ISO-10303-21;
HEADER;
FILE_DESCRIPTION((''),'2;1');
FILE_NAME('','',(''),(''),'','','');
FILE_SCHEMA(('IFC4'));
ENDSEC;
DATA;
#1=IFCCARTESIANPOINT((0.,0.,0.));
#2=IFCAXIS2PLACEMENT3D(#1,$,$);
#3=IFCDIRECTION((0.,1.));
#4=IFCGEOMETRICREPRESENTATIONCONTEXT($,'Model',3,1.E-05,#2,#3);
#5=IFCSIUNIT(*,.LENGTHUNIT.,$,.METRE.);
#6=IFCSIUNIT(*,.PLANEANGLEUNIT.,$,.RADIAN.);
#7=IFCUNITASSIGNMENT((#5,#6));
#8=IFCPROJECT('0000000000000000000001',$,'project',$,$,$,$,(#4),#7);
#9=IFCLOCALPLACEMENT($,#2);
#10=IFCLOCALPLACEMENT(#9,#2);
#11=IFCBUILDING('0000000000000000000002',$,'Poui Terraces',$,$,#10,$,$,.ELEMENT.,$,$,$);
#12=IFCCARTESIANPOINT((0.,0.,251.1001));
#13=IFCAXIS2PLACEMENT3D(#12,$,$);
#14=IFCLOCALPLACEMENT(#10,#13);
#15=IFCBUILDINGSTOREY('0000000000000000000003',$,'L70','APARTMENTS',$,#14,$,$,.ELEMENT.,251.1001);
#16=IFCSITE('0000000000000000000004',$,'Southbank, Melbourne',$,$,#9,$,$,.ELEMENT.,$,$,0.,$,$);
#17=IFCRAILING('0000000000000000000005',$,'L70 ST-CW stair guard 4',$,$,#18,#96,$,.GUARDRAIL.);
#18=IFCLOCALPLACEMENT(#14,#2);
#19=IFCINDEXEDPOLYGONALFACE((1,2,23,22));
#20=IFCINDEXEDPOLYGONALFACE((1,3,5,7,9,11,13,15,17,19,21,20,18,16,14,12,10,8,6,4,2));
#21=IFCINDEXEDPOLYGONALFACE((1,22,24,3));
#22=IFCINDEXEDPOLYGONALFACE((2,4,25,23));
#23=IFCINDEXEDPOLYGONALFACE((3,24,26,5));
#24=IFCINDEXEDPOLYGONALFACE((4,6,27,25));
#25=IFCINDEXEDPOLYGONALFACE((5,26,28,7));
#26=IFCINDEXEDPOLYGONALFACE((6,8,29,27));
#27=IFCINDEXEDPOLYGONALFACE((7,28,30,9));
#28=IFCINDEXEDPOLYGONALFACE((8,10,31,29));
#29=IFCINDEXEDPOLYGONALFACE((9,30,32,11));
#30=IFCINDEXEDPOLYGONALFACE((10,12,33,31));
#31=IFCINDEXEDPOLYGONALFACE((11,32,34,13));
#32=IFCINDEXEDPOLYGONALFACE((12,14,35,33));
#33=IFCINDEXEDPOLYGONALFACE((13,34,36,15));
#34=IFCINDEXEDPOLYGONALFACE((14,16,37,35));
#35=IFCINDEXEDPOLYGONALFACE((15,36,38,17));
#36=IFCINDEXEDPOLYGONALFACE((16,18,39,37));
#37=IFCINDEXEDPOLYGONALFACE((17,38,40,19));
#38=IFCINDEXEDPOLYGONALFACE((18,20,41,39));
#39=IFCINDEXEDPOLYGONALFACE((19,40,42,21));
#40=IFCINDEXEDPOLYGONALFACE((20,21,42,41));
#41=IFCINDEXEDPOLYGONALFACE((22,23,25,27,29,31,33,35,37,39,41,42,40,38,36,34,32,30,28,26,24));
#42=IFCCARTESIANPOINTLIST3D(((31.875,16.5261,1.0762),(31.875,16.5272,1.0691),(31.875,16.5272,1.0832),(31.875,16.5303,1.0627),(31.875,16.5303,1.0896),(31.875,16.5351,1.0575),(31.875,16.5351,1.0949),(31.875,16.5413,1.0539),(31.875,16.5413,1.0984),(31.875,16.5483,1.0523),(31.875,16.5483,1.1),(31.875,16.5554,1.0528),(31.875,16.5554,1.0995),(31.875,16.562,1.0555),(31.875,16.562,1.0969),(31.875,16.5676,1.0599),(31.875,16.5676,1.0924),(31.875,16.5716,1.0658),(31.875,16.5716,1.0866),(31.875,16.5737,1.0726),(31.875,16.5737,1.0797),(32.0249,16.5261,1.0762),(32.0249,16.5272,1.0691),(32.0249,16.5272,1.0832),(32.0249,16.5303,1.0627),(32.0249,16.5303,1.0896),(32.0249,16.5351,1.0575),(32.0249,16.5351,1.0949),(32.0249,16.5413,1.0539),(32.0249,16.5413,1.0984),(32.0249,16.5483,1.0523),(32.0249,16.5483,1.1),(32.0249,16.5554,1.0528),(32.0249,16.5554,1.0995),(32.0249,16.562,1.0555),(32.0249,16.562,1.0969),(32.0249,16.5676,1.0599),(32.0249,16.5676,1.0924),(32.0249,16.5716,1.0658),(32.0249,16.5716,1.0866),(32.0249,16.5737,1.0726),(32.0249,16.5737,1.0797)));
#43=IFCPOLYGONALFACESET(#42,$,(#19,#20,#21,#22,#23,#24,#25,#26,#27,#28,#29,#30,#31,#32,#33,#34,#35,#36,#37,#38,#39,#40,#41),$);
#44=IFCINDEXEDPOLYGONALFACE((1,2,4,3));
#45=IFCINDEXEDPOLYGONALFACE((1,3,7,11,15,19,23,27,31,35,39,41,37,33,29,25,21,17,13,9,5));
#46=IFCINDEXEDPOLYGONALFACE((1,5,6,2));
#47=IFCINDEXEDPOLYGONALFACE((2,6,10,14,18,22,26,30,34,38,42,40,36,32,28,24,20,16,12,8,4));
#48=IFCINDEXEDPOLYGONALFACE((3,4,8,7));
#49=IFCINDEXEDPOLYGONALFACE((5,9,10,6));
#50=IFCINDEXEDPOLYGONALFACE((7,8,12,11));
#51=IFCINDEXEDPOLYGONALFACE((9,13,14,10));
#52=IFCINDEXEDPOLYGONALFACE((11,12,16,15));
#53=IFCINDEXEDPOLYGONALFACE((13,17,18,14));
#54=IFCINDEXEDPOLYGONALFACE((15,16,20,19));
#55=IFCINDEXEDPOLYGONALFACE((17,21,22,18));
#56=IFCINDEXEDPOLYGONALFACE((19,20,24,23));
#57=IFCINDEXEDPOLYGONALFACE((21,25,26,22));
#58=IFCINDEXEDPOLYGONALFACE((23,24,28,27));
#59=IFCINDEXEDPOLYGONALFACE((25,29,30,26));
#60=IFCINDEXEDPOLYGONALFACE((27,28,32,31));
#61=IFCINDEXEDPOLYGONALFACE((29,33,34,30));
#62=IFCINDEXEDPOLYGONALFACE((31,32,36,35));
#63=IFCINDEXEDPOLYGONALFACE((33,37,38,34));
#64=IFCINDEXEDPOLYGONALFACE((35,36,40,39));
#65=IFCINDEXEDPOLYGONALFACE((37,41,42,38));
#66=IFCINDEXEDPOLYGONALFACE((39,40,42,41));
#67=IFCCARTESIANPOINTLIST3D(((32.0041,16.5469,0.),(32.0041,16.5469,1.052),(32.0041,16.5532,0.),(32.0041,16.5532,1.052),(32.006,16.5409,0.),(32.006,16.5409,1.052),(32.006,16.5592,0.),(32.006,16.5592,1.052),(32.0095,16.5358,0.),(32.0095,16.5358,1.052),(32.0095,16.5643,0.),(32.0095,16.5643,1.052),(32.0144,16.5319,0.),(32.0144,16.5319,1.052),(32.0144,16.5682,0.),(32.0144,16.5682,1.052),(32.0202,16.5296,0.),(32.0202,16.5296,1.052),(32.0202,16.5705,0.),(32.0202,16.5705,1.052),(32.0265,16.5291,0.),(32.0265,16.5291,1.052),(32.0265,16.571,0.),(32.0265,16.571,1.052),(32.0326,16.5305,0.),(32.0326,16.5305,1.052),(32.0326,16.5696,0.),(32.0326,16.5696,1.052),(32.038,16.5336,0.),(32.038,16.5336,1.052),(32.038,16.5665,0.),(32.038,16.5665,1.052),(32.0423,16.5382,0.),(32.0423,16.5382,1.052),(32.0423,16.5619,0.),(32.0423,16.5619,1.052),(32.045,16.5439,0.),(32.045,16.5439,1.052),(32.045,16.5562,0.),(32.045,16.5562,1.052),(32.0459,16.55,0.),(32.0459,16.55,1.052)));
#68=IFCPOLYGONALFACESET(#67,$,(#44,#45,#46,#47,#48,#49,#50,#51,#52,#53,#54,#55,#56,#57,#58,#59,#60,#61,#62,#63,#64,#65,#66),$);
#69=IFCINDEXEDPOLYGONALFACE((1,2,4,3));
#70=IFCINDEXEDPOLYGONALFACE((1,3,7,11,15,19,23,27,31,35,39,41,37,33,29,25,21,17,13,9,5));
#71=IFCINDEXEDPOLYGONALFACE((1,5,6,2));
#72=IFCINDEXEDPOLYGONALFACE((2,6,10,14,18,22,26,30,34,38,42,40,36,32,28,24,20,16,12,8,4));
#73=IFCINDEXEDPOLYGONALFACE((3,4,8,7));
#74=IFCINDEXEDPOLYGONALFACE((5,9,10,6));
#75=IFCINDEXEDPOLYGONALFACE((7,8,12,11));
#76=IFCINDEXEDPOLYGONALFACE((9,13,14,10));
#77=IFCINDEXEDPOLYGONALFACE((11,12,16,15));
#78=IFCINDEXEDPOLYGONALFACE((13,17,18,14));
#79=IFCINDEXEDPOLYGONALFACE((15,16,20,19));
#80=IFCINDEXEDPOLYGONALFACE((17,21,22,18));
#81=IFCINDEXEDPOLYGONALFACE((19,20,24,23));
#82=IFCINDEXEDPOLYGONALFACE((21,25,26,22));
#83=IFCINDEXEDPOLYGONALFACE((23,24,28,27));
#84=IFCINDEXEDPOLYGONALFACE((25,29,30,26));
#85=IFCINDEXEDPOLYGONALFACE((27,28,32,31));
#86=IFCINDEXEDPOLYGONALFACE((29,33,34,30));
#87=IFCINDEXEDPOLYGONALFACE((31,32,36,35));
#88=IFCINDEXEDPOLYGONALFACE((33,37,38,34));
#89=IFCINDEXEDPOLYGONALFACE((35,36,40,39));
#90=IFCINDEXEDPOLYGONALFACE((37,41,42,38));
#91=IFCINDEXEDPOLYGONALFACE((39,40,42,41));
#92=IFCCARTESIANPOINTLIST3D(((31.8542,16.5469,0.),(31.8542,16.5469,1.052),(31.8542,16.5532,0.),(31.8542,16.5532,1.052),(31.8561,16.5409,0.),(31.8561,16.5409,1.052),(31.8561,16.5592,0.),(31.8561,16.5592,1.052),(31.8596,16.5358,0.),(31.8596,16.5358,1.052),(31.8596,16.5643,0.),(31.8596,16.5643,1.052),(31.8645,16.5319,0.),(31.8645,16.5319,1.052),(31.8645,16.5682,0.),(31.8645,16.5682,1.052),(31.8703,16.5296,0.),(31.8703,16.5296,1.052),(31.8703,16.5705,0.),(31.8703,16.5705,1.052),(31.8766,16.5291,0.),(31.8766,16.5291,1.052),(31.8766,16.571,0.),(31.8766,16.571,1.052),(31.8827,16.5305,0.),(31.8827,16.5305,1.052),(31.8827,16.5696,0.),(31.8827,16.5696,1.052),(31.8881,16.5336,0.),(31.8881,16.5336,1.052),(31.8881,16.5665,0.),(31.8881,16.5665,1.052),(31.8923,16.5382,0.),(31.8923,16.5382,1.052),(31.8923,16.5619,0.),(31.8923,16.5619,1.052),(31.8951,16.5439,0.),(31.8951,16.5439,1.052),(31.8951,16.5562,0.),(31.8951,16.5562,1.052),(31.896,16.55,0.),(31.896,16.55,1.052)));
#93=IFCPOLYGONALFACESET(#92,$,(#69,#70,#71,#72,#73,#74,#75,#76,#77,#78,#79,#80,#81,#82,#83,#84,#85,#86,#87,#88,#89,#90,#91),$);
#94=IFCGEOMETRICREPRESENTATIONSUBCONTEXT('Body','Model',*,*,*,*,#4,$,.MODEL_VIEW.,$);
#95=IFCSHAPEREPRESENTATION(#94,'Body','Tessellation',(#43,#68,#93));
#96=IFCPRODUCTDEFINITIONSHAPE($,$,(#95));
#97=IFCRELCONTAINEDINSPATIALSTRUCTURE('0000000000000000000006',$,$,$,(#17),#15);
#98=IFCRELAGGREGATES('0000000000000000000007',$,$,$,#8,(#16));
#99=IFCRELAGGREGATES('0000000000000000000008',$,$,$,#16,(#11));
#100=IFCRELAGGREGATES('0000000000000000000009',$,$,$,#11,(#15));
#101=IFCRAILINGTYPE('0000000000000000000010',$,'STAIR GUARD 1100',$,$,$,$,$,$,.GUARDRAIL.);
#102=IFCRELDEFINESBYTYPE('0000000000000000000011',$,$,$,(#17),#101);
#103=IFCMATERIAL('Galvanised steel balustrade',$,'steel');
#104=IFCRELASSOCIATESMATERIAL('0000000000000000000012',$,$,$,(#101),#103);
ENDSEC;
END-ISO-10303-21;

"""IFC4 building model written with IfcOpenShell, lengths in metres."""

from ifc_helpers import new_model, si_unit, direction, frame, origin, origin_2d, place, context, subcontext, project, spatial, circle, extrude, material, type_object, element, save


model = new_model("IFC4")

# Units and contexts
model_context = context("Model", 3, precision=1e-05, world=origin(), true_north=direction((0.0, 1.0)))
body_context = subcontext(model_context, "Body", "Model", "MODEL_VIEW")
ifc_project = project(units=[si_unit("LENGTHUNIT", "METRE"), si_unit("PLANEANGLEUNIT", "RADIAN")], contexts=[model_context])

# Site, building, storey
site_placement = place(None, origin())
site = spatial("IfcSite", under=ifc_project, at=site_placement, Name="Southbank, Melbourne", CompositionType="ELEMENT", RefElevation=0.0)
building_placement = place(site_placement, origin())
building = spatial("IfcBuilding", under=site, at=building_placement, Name="Poui Terraces", CompositionType="ELEMENT")
storey_placement = place(building_placement, frame((0.0, 0.0, 251.1001)))
storey = spatial("IfcBuildingStorey", under=building, at=storey_placement, Name="L70", Description="APARTMENTS", CompositionType="ELEMENT", Elevation=251.1001)

# Railing
ifc_material_1 = material(Name="Galvanised steel balustrade", Category="steel")
railing_type_1 = type_object("IfcRailingType", Name="STAIR GUARD 1100", PredefinedType="GUARDRAIL", material=ifc_material_1)
railing_1_placement = place(storey_placement, frame((32.0249, 16.55, 0.0)))
element("IfcRailing", 1, at=railing_1_placement, inside=storey, type_object=railing_type_1, Name="L70 ST-CW stair guard 4", PredefinedType="GUARDRAIL", context=body_context, shape_type="SweptSolid", body=[
    extrude(circle(Radius=0.0239, at=origin_2d()), frame((0.0, 0.0, 1.0762), z_axis=(-1.0, 0.0, 0.0), x_axis=(0.0, -1.0, 0.0)), (0.0, 0.0, 1.0), 0.1499),
    extrude(circle(Radius=0.021, at=origin_2d()), origin(), (0.0, 0.0, 1.0), 1.052),
    extrude(circle(Radius=0.021, at=origin_2d()), frame((-0.1499, 0.0, 0.0)), (0.0, 0.0, 1.0), 1.052),
])

save(model, "model.ifc")
